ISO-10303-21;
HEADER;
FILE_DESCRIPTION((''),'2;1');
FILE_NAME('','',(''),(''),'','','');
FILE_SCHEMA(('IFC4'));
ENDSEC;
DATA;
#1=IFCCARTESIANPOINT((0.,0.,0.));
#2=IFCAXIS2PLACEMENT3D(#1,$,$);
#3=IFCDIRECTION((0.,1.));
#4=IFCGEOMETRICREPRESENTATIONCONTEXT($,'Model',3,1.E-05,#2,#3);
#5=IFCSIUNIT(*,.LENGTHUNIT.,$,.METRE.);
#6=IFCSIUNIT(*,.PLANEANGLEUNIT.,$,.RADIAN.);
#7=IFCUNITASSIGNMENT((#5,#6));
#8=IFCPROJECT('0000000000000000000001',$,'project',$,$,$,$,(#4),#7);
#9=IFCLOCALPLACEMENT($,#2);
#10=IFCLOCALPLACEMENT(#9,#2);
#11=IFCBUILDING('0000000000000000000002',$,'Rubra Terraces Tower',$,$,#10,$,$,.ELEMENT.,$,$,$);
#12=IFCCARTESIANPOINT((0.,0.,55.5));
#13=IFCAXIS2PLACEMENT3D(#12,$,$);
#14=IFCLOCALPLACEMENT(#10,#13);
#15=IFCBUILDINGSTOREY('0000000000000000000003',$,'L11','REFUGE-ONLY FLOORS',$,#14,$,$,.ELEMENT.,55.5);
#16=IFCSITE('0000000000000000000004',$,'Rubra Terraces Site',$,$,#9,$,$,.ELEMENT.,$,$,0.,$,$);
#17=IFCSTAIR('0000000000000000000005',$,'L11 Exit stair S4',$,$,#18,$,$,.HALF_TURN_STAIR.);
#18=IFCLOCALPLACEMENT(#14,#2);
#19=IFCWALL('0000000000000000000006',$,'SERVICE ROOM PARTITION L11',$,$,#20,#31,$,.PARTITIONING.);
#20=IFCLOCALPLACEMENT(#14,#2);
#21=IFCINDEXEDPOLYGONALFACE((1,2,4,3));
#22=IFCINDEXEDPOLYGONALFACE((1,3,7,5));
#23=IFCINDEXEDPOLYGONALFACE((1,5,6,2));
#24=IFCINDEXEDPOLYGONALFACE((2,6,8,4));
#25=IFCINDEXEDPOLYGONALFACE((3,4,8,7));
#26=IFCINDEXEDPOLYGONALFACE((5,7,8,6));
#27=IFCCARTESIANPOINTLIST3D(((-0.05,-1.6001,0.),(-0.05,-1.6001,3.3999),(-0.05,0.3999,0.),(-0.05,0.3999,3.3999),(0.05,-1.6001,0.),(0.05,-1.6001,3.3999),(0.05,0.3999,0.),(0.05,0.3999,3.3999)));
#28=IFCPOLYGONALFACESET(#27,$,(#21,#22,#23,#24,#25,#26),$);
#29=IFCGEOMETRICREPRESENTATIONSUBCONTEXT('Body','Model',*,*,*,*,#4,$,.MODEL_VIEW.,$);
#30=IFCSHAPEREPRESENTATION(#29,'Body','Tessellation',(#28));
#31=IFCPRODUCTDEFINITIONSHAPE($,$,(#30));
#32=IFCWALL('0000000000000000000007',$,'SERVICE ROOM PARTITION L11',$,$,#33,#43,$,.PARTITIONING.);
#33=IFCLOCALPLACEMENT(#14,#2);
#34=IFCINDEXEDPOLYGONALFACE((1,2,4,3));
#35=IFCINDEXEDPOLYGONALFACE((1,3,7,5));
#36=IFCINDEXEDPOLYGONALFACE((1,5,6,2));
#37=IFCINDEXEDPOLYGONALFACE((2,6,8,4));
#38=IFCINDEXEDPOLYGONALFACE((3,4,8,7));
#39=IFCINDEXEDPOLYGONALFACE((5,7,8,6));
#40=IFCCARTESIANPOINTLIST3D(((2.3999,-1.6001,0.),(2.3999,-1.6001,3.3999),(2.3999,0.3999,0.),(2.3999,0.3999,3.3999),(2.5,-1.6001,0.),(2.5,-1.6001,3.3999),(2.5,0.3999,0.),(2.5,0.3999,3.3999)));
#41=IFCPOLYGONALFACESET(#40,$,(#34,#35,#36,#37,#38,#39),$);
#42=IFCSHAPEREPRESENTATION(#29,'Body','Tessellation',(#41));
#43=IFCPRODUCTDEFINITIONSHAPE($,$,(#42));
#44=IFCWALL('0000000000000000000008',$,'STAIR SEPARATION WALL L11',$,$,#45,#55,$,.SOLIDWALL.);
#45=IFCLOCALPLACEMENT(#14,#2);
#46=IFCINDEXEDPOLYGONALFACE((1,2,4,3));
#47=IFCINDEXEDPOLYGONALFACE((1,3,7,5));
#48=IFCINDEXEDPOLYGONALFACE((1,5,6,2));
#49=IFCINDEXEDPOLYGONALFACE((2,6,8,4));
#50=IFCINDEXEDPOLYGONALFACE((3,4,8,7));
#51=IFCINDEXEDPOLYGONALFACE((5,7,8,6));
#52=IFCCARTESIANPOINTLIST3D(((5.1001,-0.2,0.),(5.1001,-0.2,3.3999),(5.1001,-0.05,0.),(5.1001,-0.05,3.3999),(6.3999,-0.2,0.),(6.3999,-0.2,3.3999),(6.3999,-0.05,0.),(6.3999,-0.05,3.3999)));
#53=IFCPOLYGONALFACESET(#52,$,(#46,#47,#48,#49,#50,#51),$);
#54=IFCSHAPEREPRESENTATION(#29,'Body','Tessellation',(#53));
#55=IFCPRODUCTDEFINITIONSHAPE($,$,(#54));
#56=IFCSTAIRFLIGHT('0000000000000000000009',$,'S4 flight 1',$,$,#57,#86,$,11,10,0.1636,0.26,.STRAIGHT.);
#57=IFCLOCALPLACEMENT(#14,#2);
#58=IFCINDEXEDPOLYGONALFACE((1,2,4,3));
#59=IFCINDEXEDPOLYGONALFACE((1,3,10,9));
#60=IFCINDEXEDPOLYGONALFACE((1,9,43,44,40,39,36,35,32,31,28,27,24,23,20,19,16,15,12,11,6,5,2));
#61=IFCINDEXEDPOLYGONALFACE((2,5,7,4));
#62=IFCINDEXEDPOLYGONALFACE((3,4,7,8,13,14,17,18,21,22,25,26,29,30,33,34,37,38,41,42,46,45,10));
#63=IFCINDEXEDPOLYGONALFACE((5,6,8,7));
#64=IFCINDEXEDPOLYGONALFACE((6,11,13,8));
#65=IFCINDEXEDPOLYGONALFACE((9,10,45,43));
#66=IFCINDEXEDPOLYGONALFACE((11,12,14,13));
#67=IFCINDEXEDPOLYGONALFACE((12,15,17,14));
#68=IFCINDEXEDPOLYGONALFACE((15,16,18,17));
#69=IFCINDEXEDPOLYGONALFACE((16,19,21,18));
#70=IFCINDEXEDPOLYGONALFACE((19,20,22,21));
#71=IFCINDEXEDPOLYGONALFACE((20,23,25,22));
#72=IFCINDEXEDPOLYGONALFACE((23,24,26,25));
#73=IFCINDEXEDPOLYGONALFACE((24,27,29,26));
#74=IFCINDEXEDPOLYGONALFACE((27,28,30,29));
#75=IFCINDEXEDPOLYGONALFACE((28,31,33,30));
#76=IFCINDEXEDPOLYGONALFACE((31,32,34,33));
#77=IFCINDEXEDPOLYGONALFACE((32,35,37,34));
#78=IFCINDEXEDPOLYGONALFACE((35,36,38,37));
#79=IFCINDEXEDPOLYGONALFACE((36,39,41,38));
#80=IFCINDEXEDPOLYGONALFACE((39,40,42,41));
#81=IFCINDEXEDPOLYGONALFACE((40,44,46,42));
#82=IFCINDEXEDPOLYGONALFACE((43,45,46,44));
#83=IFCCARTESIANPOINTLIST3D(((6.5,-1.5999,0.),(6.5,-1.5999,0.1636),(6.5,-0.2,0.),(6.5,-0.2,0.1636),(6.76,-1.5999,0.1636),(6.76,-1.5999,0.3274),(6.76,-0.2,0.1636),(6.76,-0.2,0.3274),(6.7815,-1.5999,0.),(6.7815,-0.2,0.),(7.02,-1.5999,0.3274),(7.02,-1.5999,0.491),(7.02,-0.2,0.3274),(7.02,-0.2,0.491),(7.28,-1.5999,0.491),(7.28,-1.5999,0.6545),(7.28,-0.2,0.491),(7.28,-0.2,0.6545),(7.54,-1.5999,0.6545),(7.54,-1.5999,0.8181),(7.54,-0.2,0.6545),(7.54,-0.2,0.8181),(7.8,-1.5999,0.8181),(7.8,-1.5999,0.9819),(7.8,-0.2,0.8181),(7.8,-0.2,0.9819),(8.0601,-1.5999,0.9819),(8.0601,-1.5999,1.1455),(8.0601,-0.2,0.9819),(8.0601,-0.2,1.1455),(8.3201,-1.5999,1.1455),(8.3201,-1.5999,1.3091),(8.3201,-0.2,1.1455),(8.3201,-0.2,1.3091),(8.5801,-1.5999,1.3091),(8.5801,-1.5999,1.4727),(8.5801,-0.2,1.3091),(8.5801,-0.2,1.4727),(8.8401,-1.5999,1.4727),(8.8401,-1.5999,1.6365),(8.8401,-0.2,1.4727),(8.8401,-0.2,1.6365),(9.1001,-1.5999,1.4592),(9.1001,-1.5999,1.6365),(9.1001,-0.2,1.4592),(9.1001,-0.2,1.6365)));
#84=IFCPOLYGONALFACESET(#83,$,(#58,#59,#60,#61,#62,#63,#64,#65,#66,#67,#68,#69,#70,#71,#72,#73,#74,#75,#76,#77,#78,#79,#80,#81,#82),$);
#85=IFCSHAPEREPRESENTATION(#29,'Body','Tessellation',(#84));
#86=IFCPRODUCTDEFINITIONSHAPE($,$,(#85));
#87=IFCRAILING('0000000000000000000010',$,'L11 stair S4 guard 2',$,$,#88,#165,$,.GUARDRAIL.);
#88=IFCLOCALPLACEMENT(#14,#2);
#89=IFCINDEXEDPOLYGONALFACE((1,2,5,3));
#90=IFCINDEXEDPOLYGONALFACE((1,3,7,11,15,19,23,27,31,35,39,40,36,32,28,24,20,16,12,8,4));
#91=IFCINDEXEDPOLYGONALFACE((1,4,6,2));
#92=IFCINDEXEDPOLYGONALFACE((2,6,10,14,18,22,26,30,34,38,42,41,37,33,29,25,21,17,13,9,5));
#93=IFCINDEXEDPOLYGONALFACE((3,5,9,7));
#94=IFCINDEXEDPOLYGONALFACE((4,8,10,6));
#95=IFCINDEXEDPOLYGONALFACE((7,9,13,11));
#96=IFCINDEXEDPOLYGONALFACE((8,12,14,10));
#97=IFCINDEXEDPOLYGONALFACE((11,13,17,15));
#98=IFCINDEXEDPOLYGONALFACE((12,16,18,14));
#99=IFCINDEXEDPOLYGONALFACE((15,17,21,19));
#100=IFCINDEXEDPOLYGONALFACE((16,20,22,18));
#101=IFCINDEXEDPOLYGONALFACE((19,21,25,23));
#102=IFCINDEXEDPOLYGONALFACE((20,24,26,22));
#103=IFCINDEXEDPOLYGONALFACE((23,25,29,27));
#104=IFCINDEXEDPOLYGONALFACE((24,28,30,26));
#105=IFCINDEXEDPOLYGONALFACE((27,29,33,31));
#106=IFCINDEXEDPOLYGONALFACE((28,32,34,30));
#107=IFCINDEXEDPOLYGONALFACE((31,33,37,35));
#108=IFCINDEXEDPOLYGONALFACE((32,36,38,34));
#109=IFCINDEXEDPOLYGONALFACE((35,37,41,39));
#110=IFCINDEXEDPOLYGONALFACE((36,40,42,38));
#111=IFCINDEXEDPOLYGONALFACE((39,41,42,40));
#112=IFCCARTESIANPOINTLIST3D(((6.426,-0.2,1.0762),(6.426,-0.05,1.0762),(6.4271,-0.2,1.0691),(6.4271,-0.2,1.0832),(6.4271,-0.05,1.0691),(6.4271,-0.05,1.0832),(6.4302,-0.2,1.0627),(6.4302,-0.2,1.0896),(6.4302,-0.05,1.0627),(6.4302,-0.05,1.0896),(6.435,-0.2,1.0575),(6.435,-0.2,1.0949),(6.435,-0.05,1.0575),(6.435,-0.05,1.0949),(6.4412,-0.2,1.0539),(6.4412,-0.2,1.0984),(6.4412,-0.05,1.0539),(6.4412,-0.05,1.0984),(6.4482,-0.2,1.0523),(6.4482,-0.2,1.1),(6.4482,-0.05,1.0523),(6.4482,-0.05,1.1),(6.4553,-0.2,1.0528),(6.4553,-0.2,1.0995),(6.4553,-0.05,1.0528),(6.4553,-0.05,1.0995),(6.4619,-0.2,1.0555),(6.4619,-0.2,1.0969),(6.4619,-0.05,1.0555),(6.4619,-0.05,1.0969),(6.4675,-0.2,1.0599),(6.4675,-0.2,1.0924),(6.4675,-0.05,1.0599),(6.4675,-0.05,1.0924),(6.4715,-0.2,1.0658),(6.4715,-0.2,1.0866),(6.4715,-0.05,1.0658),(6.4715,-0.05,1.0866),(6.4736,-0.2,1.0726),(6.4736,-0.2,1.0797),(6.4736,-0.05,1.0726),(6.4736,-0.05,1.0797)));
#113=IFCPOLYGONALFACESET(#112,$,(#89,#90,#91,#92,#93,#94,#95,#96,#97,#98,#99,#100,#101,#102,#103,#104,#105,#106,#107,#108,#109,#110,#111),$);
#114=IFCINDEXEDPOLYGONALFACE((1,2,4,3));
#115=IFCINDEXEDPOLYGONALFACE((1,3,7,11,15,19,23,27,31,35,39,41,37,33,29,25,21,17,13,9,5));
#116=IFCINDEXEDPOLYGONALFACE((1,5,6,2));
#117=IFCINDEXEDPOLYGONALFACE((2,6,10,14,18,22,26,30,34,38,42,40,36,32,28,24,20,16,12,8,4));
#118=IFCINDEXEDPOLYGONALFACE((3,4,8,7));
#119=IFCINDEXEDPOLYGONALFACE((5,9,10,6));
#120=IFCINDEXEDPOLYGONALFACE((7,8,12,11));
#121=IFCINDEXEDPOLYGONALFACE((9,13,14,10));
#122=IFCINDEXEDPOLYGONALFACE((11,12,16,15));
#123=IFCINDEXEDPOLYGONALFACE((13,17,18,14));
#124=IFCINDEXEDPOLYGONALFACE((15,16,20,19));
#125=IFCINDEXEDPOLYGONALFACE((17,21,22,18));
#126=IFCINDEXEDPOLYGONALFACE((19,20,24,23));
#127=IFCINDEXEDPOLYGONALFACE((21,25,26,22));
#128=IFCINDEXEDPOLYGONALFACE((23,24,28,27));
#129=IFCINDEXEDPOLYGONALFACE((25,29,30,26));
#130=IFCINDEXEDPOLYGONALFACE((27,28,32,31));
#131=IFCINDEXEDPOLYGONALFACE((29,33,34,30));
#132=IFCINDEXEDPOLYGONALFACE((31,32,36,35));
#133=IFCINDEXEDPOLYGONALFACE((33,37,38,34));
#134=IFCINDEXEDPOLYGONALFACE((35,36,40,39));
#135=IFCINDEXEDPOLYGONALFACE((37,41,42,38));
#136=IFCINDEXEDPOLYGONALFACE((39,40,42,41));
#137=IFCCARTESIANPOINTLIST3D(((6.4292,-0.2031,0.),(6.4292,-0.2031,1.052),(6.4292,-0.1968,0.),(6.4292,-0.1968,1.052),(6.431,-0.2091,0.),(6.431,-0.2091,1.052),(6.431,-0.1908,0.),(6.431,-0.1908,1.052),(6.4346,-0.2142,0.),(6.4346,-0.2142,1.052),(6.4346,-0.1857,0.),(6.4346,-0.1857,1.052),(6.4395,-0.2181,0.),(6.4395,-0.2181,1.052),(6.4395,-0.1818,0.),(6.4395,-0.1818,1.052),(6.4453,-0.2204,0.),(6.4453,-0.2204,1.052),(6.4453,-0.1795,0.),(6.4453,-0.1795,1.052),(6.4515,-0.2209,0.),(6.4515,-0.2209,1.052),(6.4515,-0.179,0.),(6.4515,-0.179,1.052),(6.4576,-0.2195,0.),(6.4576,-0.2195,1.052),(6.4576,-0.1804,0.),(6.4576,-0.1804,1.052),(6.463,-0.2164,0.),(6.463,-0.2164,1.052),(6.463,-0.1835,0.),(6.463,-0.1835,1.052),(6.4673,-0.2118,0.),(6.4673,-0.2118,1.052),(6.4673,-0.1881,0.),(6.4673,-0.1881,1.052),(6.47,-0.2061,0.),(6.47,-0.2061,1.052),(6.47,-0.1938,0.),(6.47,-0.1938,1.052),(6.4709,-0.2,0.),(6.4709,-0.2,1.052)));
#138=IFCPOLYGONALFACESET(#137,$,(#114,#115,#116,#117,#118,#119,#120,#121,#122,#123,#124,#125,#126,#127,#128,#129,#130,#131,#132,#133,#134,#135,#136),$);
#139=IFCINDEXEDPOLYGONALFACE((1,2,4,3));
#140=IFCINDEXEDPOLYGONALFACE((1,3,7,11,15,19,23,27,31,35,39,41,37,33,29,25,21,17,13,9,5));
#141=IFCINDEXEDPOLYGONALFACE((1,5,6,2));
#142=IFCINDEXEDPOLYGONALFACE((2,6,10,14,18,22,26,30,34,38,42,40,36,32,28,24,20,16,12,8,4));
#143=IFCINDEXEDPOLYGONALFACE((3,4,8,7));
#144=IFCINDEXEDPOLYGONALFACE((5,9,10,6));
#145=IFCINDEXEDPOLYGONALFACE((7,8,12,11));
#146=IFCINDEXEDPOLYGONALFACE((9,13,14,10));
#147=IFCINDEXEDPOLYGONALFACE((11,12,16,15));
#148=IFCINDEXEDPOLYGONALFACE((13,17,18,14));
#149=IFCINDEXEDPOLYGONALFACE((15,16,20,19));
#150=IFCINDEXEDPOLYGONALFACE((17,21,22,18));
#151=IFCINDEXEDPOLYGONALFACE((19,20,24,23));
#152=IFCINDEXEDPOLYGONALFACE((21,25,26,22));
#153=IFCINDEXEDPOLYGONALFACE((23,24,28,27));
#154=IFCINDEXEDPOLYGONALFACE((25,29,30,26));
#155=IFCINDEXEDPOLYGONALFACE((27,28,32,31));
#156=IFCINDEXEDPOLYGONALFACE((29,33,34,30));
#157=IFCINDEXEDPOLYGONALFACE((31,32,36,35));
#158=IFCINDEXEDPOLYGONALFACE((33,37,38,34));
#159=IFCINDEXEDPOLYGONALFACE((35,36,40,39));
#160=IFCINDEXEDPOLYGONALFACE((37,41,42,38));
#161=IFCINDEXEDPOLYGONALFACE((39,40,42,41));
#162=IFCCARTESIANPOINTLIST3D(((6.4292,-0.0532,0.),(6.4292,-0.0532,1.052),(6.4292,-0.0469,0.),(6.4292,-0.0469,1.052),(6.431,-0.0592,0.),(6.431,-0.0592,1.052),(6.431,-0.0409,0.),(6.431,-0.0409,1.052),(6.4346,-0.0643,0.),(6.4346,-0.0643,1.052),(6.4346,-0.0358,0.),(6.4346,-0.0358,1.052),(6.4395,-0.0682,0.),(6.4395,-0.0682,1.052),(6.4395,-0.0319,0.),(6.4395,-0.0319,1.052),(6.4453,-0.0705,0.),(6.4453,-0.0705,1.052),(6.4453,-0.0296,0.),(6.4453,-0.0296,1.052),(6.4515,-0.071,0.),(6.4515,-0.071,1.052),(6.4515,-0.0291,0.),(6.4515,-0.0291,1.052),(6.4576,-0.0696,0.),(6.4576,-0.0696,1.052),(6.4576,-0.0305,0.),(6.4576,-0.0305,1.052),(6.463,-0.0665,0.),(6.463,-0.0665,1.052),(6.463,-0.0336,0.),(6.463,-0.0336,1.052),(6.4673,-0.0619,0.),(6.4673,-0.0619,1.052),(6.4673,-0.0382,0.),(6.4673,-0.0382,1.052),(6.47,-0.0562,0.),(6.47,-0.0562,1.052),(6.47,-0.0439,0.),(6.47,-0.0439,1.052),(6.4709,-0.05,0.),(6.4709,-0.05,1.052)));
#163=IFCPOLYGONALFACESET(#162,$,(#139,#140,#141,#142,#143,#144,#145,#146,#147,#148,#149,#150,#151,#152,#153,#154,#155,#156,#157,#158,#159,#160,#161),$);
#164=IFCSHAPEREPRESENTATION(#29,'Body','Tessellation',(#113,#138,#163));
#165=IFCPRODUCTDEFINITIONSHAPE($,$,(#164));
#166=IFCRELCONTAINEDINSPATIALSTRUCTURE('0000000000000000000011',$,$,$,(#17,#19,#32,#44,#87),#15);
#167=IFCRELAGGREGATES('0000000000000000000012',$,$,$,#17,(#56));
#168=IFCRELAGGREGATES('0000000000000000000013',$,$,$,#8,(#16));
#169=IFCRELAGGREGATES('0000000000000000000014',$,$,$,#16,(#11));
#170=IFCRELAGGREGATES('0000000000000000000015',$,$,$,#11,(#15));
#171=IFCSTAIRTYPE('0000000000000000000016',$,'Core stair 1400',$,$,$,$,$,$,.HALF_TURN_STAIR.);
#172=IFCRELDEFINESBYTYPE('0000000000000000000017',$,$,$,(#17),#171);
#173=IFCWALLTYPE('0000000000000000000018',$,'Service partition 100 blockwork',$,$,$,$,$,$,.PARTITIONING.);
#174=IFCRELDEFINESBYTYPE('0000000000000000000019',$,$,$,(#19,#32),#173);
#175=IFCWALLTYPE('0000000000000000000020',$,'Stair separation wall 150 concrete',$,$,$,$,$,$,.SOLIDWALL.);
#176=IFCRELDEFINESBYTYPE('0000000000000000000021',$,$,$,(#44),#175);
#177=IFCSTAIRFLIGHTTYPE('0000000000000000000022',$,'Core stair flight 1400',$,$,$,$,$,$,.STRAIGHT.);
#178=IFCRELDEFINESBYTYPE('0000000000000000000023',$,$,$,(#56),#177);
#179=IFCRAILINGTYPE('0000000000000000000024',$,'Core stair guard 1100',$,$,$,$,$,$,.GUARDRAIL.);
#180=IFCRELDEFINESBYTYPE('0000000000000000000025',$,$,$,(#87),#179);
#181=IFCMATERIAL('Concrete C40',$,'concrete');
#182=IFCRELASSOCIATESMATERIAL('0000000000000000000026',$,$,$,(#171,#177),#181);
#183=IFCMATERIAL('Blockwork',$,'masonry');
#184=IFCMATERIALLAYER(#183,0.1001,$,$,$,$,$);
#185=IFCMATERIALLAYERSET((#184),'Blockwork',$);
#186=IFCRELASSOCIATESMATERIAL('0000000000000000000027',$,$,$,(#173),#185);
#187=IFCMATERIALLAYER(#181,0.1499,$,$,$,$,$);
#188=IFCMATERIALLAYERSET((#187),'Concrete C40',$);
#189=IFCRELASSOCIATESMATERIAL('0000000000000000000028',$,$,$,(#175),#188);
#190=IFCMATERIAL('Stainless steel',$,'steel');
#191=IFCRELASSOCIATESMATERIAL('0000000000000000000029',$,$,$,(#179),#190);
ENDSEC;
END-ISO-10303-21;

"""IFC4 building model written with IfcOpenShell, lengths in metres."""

from ifc_helpers import new_model, si_unit, direction, frame, frame_2d, origin, origin_2d, place, context, subcontext, project, spatial, polyline, rectangle, circle, outline, extrude, material, layer, layer_set, type_object, element, aggregate, save


model = new_model("IFC4")

# Units and contexts
model_context = context("Model", 3, precision=1e-05, world=origin(), true_north=direction((0.0, 1.0)))
body_context = subcontext(model_context, "Body", "Model", "MODEL_VIEW")
ifc_project = project(units=[si_unit("LENGTHUNIT", "METRE"), si_unit("PLANEANGLEUNIT", "RADIAN")], contexts=[model_context])

# Site, building, storey
site_placement = place(None, origin())
site = spatial("IfcSite", under=ifc_project, at=site_placement, Name="Rubra Terraces Site", CompositionType="ELEMENT", RefElevation=0.0)
building_placement = place(site_placement, origin())
building = spatial("IfcBuilding", under=site, at=building_placement, Name="Rubra Terraces Tower", CompositionType="ELEMENT")
storey_placement = place(building_placement, frame((0.0, 0.0, 55.5)))
storey = spatial("IfcBuildingStorey", under=building, at=storey_placement, Name="L11", Description="REFUGE-ONLY FLOORS", CompositionType="ELEMENT", Elevation=55.5)

# Shared definitions
ifc_material_1 = material(Name="Concrete C40", Category="concrete")

# Stair
stair_type = type_object("IfcStairType", Name="Core stair 1400", PredefinedType="HALF_TURN_STAIR", material=ifc_material_1)
stair_1_placement = place(storey_placement, origin())
stair_1 = element("IfcStair", 1, at=stair_1_placement, inside=storey, type_object=stair_type, Name="L11 Exit stair S4", PredefinedType="HALF_TURN_STAIR")

# Walls
ifc_material_2 = material(Name="Blockwork", Category="masonry")
ifc_layer_1 = layer(ifc_material_2, 0.1001)
ifc_layer_set_1 = layer_set([ifc_layer_1], Name="Blockwork")
wall_type_1 = type_object("IfcWallType", Name="Service partition 100 blockwork", PredefinedType="PARTITIONING", material=ifc_layer_set_1)
for number, where, z_axis, x_axis, name in (
    (2, (0.0, -1.6001, 0.0), (0.0, 0.0, 1.0), (0.0, 1.0, 0.0), "SERVICE ROOM PARTITION L11"),
    (3, (2.45, -1.6001, 0.0), (0.0, 0.0, 1.0), (0.0, 1.0, 0.0), "SERVICE ROOM PARTITION L11"),
):
    element("IfcWall", number, at=place(storey_placement, frame(where, z_axis=z_axis, x_axis=x_axis)), inside=storey, type_object=wall_type_1, Name=name, PredefinedType="PARTITIONING", context=body_context, shape_type="SweptSolid", body=[
        extrude(rectangle(XDim=2.0, YDim=0.1001, at=frame_2d((1.0, 0.0))), origin(), (0.0, 0.0, 1.0), 3.3999),
    ])
ifc_layer_2 = layer(ifc_material_1, 0.1499)
ifc_layer_set_2 = layer_set([ifc_layer_2], Name="Concrete C40")
wall_type_2 = type_object("IfcWallType", Name="Stair separation wall 150 concrete", PredefinedType="SOLIDWALL", material=ifc_layer_set_2)
wall_1_placement = place(storey_placement, frame((6.3999, -0.125, 0.0), z_axis=(0.0, 0.0, 1.0), x_axis=(-1.0, 0.0, 0.0)))
element("IfcWall", 4, at=wall_1_placement, inside=storey, type_object=wall_type_2, Name="STAIR SEPARATION WALL L11", PredefinedType="SOLIDWALL", context=body_context, shape_type="SweptSolid", body=[
    extrude(rectangle(XDim=1.2998, YDim=0.1499, at=frame_2d((0.6499, 0.0))), origin(), (0.0, 0.0, 1.0), 3.3999),
])

# Stair flight
stair_flight_type = type_object("IfcStairFlightType", Name="Core stair flight 1400", PredefinedType="STRAIGHT", material=ifc_material_1)
stair_flight_placement = place(storey_placement, frame((6.5, -0.8999, 0.0), z_axis=(0.0, 0.0, 1.0), x_axis=(1.0, 0.0, 0.0)))
stair_flight = element("IfcStairFlight", 5, at=stair_flight_placement, type_object=stair_flight_type, Name="S4 flight 1", NumberOfRisers=11, NumberOfTreads=10, PredefinedType="STRAIGHT", RiserHeight=0.1636, TreadLength=0.26, context=body_context, shape_type="SweptSolid", body=[
    extrude(outline(polyline([(0.0, 0.0), (0.0, 0.1636), (0.26, 0.1636), (0.26, 0.3274), (0.52, 0.3274), (0.52, 0.491), (0.78, 0.491), (0.78, 0.6545), (1.04, 0.6545), (1.04, 0.8181), (1.3, 0.8181), (1.3, 0.9819), (1.5601, 0.9819), (1.5601, 1.1455), (1.8201, 1.1455), (1.8201, 1.3091), (2.0801, 1.3091), (2.0801, 1.4727), (2.3401, 1.4727), (2.3401, 1.6365), (2.6001, 1.6365), (2.6001, 1.8), (2.6001, 1.4592), (0.2815, 0.0), (0.0, 0.0)])), frame((0.0, 0.7, 0.0), z_axis=(0.0, -1.0, 0.0), x_axis=(1.0, 0.0, 0.0)), (0.0, 0.0, 1.0), 1.3999),
])
aggregate(stair_1, [stair_flight])

# Railing
ifc_material_3 = material(Name="Stainless steel", Category="steel")
railing_type_1 = type_object("IfcRailingType", Name="Core stair guard 1100", PredefinedType="GUARDRAIL", material=ifc_material_3)
railing_1_placement = place(storey_placement, frame((6.45, -0.2, 0.0)))
element("IfcRailing", 6, at=railing_1_placement, inside=storey, type_object=railing_type_1, Name="L11 stair S4 guard 2", PredefinedType="GUARDRAIL", context=body_context, shape_type="SweptSolid", body=[
    extrude(circle(Radius=0.0239, at=origin_2d()), frame((0.0, 0.0, 1.0762), z_axis=(0.0, 1.0, 0.0), x_axis=(-1.0, 0.0, 0.0)), (0.0, 0.0, 1.0), 0.1499),
    extrude(circle(Radius=0.021, at=origin_2d()), origin(), (0.0, 0.0, 1.0), 1.052),
    extrude(circle(Radius=0.021, at=origin_2d()), frame((0.0, 0.1499, 0.0)), (0.0, 0.0, 1.0), 1.052),
])

save(model, "model.ifc")
